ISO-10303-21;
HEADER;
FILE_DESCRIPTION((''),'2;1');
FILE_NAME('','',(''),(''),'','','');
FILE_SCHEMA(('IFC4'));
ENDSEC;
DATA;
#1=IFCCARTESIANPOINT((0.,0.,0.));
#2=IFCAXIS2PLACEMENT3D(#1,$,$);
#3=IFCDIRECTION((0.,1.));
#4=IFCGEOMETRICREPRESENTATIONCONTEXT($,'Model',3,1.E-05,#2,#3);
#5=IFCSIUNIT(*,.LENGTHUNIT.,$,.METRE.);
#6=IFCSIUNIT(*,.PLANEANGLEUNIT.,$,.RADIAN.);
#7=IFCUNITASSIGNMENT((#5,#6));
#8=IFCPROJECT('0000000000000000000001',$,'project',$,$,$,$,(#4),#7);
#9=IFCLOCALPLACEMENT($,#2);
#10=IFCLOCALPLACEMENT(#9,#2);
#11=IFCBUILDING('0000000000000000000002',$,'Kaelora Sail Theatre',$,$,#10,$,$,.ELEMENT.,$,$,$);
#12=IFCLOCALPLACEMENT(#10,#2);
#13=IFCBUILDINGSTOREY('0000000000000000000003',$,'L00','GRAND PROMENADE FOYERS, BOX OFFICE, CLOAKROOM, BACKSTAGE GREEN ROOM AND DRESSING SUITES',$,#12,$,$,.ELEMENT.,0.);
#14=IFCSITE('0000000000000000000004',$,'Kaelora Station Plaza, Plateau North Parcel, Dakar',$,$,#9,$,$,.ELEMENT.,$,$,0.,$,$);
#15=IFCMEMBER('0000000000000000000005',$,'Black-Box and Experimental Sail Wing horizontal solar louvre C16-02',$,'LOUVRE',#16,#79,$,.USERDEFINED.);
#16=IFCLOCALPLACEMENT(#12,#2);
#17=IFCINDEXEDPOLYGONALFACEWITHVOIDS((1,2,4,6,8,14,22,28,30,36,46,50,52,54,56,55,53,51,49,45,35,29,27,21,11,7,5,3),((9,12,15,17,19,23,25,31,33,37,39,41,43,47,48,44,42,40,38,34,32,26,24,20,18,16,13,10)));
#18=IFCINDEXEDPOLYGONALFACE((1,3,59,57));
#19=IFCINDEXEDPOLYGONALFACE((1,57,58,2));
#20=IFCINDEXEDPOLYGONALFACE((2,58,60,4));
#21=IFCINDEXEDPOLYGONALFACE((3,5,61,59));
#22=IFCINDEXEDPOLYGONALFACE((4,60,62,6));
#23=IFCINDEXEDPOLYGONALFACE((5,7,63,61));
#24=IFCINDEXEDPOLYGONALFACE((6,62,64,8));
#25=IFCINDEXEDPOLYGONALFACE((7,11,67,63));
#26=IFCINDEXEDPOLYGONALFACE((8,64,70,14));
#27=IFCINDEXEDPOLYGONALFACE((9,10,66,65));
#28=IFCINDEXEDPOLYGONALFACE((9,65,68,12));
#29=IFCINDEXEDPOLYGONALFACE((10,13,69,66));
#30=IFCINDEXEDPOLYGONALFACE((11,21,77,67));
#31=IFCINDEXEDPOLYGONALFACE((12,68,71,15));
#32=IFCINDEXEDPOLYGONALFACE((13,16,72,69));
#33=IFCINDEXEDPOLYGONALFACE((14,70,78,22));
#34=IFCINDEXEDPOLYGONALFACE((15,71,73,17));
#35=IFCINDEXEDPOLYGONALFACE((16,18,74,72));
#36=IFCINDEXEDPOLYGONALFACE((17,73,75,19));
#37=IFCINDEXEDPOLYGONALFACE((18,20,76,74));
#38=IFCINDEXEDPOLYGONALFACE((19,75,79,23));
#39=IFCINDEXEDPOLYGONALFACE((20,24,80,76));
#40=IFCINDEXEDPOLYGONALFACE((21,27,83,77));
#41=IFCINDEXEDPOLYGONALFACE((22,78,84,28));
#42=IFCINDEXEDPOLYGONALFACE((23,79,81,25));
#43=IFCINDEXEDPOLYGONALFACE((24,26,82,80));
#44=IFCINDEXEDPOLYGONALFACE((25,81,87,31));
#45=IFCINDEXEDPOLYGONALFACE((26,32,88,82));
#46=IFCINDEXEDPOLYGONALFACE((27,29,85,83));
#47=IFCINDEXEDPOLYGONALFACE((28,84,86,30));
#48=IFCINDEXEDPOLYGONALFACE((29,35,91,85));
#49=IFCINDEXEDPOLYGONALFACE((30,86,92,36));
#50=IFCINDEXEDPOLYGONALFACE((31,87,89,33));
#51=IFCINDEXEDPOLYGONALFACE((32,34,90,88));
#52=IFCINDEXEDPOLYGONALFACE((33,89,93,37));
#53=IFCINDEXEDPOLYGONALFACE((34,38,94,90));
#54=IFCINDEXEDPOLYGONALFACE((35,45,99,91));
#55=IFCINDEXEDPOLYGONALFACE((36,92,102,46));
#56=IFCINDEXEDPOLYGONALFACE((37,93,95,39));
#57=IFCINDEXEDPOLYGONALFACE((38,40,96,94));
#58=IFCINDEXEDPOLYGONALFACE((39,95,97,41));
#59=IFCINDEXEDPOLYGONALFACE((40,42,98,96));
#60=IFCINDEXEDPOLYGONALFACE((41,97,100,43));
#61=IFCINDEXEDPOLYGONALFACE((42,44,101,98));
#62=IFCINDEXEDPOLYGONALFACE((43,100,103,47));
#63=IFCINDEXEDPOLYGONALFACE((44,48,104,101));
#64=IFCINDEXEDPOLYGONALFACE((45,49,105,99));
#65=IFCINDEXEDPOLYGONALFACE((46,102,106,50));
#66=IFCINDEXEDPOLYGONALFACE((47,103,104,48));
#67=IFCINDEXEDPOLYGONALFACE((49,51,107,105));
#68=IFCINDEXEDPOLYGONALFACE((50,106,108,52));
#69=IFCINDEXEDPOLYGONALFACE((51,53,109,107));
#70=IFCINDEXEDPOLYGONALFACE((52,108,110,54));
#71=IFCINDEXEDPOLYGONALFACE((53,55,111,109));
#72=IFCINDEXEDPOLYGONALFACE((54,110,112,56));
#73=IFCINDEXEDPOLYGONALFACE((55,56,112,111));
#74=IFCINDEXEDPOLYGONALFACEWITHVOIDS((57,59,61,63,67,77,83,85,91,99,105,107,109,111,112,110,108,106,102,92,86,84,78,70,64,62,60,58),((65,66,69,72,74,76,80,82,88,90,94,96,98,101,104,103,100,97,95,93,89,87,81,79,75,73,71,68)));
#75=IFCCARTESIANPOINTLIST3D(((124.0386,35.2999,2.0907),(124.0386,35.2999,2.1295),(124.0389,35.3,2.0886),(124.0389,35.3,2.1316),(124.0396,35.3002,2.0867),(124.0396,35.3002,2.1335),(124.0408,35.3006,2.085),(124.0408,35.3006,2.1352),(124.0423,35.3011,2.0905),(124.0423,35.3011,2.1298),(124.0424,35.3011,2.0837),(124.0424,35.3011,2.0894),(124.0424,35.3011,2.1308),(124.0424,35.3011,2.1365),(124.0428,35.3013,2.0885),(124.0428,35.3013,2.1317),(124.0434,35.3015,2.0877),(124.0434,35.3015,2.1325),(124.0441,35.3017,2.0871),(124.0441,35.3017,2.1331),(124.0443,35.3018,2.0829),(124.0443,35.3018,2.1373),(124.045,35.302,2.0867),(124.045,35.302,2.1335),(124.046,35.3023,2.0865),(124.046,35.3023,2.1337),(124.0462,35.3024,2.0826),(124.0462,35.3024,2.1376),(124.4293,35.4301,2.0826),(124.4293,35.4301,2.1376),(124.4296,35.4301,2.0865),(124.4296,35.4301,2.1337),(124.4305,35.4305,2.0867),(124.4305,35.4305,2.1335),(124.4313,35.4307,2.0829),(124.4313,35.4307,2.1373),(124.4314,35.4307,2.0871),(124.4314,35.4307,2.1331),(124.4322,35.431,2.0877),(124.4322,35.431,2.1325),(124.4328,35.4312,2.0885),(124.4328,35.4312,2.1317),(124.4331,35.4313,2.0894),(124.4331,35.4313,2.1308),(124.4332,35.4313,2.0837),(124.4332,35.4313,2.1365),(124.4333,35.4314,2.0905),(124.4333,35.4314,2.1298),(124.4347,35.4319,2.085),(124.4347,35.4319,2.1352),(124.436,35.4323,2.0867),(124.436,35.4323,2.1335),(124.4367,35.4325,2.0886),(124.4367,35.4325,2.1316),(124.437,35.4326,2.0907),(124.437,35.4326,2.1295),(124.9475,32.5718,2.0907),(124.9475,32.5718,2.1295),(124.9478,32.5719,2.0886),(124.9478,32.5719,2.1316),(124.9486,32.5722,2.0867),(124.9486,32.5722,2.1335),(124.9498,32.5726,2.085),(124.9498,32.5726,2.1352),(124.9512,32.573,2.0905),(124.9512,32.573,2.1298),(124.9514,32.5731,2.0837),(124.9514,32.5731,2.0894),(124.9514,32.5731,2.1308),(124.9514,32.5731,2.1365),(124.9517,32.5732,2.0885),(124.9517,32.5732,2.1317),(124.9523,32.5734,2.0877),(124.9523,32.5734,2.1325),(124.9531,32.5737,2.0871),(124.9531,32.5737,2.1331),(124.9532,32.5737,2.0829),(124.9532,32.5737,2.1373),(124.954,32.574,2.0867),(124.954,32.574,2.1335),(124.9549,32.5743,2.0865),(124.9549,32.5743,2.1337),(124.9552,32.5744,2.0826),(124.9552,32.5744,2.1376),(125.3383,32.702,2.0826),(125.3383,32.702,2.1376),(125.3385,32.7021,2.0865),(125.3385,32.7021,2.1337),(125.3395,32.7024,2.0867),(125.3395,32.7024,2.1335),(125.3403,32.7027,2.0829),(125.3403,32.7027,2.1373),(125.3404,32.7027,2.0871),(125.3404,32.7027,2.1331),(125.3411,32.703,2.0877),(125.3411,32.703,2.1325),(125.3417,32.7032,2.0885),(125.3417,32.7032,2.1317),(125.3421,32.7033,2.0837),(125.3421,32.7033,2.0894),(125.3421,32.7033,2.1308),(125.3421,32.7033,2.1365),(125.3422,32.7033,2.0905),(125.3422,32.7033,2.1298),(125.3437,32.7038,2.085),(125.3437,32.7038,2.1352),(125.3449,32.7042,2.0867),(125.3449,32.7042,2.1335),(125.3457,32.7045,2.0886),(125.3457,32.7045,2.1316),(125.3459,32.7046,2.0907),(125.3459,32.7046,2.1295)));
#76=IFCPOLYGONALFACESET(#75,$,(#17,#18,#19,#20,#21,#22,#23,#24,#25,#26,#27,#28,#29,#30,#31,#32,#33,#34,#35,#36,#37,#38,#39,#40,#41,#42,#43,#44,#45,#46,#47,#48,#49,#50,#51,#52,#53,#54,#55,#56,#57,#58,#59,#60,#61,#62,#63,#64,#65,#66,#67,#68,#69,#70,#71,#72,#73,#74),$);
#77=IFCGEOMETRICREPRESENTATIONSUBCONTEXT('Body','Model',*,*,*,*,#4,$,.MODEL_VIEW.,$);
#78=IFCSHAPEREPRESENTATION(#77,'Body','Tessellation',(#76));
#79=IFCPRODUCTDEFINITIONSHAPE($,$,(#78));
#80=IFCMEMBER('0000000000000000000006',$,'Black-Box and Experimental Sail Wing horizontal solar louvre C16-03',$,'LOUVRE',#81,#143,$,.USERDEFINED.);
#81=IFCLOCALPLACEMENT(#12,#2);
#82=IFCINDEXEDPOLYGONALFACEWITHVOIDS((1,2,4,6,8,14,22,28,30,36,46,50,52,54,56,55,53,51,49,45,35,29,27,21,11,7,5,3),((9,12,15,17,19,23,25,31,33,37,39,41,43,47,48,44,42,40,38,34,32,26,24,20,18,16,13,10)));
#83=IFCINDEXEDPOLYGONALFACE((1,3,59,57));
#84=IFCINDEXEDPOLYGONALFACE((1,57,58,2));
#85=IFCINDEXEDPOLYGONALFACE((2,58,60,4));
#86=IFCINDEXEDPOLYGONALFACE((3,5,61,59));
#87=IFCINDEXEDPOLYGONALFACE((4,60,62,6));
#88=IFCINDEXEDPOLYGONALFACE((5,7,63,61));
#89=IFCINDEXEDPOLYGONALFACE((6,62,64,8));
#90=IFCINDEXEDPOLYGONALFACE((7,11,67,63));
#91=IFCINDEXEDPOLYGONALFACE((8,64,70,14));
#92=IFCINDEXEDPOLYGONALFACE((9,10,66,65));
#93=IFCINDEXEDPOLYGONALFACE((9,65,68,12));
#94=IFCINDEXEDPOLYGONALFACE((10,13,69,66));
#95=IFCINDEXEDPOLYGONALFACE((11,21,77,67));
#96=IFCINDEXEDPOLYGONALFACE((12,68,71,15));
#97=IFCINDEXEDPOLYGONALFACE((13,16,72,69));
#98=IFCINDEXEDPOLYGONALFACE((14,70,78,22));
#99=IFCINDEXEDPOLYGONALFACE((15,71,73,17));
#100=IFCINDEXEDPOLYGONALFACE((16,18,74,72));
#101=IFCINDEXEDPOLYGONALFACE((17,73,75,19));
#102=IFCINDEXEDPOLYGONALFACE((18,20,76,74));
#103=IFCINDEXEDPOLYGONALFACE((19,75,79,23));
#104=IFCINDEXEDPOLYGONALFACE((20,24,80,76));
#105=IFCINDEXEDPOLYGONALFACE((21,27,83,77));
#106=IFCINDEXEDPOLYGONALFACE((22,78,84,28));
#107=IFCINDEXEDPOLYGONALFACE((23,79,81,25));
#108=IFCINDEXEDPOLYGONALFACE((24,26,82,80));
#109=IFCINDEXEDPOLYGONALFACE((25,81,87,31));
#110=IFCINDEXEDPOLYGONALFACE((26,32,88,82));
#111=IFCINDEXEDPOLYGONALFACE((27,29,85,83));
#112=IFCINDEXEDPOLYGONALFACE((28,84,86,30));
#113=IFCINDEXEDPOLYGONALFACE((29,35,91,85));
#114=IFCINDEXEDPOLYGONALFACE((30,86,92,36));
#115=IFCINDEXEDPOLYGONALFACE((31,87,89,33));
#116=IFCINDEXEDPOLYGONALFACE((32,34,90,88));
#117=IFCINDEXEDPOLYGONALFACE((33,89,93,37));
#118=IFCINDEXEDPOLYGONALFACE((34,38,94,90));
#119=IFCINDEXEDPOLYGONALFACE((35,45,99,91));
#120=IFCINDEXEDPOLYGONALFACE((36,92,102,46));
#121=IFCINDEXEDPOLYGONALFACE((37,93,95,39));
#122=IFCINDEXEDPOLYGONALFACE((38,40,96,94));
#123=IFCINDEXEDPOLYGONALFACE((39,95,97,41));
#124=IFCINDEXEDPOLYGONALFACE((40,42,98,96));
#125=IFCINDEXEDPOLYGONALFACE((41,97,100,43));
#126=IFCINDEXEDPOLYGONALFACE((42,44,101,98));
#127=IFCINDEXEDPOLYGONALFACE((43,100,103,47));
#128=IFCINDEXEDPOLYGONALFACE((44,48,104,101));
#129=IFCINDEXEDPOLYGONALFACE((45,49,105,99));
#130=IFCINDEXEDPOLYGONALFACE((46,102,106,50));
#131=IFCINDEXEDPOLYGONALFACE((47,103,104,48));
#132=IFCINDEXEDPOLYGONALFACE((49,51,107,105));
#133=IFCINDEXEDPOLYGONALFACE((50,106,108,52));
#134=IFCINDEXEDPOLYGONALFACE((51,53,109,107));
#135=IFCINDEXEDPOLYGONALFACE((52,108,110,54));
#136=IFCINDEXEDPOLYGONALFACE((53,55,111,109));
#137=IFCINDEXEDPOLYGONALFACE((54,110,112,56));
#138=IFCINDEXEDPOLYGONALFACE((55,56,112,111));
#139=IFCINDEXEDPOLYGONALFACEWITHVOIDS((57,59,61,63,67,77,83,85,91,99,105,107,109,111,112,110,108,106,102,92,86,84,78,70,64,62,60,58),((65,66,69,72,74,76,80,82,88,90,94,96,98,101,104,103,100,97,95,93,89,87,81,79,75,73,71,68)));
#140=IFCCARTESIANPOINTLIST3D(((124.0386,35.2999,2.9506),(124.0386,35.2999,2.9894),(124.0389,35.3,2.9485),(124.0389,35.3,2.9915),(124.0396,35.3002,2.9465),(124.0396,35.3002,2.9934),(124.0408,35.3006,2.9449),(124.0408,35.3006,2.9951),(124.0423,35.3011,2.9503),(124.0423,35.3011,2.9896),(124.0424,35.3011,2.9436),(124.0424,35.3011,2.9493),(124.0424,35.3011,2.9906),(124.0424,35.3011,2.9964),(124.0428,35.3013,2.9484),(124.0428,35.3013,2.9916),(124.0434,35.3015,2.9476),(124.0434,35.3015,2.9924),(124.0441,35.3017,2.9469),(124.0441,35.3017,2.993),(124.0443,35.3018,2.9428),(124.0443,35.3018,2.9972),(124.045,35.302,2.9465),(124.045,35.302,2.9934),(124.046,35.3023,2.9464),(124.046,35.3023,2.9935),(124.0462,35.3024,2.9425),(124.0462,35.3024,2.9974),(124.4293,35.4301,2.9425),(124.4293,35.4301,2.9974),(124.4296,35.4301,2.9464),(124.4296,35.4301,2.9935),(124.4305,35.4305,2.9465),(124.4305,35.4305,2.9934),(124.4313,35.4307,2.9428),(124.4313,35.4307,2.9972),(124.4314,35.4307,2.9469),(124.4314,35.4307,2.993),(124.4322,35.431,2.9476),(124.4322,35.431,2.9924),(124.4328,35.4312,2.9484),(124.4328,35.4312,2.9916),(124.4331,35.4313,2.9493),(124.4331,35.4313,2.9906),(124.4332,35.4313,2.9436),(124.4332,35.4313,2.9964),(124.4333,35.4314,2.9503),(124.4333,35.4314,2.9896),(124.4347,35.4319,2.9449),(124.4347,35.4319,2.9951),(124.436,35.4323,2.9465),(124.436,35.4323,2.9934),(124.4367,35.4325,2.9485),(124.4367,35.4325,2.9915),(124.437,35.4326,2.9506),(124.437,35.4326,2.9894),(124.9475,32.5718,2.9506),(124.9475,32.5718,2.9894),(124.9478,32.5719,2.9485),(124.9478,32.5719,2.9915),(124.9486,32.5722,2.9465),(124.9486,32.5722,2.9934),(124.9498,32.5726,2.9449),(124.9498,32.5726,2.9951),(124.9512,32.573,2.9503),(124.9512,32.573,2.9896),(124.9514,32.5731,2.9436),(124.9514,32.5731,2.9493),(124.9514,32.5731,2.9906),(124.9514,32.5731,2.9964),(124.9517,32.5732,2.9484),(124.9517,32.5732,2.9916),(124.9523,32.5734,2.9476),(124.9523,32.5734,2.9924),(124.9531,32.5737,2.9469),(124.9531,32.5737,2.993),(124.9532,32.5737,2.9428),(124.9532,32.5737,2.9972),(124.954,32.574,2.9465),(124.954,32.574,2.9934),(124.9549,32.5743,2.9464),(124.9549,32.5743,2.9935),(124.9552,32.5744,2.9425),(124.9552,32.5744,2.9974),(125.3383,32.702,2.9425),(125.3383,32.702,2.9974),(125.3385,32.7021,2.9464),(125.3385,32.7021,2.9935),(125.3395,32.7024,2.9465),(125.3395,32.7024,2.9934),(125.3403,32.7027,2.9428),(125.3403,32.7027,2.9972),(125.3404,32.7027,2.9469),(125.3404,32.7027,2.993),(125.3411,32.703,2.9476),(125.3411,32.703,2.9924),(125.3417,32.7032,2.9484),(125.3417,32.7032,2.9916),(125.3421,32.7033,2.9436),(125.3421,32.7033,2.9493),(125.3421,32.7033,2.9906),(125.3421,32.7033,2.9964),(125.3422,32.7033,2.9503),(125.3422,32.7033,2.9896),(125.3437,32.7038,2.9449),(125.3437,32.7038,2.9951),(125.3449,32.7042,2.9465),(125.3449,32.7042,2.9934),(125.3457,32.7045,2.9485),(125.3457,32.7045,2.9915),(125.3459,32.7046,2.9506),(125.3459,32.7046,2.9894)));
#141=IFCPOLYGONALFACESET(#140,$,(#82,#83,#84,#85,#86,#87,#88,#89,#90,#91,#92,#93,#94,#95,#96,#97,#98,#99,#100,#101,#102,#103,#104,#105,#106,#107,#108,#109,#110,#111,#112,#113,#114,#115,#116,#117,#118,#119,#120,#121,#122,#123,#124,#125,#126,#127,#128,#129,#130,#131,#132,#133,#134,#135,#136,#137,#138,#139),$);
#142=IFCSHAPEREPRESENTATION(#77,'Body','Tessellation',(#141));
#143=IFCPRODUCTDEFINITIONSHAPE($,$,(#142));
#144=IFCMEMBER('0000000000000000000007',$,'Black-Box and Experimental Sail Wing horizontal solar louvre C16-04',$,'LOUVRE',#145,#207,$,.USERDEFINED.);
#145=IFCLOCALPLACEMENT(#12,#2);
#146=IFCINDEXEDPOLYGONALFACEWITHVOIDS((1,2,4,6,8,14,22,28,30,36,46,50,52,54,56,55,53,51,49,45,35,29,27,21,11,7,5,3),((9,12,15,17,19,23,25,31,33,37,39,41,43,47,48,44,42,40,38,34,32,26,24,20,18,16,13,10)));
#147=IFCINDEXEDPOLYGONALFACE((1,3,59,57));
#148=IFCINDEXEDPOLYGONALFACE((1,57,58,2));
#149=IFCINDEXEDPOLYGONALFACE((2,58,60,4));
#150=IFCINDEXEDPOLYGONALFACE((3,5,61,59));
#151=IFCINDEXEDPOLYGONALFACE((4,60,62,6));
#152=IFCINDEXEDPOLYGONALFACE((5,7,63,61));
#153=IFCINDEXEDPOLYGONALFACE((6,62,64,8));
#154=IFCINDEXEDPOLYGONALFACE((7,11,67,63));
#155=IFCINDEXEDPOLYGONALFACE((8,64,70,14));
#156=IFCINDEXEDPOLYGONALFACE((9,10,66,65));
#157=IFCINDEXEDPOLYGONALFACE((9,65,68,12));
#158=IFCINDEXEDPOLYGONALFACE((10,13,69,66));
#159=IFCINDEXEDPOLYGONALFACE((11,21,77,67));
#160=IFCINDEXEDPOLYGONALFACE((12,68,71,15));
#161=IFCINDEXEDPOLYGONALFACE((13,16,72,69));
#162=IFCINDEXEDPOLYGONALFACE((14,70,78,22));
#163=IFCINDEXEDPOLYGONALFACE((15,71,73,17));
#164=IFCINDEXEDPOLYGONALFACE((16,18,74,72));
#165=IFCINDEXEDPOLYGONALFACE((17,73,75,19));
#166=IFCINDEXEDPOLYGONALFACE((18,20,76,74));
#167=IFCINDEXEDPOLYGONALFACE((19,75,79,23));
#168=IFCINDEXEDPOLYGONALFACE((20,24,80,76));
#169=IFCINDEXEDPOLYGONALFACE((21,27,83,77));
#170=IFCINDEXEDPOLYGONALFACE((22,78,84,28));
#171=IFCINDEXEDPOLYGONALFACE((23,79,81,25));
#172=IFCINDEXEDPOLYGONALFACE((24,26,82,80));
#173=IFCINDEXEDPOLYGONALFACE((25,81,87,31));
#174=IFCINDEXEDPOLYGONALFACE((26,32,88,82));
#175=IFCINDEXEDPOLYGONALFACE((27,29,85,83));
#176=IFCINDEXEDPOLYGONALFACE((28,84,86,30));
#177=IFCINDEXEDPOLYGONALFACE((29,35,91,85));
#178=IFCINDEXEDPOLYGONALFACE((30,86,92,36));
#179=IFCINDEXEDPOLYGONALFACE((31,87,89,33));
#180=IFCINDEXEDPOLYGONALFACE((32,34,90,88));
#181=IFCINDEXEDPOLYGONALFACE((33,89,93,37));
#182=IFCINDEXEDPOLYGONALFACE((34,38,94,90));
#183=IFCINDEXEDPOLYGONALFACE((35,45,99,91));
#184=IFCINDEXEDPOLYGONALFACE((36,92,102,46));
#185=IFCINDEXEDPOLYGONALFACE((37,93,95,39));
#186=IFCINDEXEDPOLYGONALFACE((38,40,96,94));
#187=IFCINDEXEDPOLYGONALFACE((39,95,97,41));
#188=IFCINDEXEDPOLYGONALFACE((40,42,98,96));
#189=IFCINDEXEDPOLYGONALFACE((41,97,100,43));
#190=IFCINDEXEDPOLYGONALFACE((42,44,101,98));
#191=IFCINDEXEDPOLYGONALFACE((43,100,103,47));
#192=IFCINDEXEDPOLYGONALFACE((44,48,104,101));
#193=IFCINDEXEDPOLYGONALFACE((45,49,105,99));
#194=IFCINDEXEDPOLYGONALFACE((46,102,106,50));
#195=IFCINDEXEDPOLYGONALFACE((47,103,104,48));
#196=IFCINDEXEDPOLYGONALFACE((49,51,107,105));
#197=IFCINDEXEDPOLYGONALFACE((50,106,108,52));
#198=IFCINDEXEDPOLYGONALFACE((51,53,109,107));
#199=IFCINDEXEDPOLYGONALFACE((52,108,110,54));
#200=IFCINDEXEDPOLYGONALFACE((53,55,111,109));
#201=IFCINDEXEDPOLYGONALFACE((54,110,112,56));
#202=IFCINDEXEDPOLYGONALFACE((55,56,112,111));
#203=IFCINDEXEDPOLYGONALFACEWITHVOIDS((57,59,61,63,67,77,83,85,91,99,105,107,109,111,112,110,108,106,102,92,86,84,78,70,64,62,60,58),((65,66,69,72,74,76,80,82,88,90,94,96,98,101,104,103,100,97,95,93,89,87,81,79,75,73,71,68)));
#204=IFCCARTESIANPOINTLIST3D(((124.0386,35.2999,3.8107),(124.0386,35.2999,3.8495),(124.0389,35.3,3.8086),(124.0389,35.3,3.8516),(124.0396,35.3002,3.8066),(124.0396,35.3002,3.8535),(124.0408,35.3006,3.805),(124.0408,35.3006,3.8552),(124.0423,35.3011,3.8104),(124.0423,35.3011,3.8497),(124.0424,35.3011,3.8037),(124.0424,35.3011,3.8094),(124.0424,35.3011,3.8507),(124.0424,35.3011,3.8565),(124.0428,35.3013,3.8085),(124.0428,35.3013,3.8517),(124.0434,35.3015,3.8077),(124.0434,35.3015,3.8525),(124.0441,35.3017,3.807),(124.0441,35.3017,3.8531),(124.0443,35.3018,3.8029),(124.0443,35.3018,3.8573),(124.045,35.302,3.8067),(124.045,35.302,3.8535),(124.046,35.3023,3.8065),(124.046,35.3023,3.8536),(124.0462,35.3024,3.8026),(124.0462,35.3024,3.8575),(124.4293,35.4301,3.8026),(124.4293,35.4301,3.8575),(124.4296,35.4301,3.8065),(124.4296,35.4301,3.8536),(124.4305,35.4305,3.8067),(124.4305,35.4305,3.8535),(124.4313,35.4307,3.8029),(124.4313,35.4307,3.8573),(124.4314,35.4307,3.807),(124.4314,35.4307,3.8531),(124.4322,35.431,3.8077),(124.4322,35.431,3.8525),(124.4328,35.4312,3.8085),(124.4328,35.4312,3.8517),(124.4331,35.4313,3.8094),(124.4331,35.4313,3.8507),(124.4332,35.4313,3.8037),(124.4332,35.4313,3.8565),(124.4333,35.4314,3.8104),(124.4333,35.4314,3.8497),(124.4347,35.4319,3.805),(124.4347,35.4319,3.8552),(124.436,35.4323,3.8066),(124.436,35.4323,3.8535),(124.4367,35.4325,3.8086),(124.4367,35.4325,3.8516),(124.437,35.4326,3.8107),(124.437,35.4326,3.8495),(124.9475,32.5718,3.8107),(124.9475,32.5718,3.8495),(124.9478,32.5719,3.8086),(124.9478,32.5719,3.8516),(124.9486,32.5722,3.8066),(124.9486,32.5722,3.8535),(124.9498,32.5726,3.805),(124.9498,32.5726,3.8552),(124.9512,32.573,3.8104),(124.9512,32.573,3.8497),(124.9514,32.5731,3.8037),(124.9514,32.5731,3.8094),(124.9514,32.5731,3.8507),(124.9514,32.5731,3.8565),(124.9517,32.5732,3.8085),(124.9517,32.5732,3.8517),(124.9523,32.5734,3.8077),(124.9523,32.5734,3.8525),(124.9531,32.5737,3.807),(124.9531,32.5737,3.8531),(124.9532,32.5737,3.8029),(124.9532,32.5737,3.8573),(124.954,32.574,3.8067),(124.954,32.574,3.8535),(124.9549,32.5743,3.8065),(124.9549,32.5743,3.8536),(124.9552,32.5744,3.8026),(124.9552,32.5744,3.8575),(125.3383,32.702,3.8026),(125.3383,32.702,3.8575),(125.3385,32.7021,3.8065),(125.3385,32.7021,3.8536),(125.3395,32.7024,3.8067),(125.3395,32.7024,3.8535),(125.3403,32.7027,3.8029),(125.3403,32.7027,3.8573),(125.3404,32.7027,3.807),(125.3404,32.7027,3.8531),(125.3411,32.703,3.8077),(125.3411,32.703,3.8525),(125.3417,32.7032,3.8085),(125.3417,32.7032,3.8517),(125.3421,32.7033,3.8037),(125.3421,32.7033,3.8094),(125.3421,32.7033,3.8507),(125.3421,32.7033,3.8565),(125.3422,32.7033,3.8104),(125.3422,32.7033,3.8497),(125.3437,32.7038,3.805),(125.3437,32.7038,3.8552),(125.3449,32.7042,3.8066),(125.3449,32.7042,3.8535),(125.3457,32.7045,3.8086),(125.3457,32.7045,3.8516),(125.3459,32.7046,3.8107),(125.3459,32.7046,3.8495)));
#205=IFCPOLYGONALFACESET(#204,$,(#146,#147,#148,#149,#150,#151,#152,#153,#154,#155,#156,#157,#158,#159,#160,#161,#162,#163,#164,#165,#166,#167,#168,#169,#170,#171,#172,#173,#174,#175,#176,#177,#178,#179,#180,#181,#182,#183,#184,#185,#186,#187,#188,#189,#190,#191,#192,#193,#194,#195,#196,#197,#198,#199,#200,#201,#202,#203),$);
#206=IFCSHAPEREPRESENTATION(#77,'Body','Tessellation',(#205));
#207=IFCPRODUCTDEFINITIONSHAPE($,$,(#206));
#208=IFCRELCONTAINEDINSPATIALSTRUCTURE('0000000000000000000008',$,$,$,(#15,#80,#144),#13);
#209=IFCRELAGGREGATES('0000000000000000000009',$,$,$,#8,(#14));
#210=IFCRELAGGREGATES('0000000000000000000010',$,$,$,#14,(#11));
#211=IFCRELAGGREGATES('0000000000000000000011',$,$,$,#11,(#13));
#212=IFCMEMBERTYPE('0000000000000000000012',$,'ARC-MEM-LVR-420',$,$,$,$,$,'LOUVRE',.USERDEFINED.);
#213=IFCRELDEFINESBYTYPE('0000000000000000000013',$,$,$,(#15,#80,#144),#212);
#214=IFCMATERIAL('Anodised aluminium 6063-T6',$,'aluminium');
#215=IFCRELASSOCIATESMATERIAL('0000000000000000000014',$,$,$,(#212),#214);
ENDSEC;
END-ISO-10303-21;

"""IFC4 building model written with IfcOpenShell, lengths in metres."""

from ifc_helpers import new_model, si_unit, direction, frame, origin, origin_2d, place, context, subcontext, project, spatial, hollow_rectangle, extrude, material, material_profile, profile_set, type_object, element, save


model = new_model("IFC4")

# Units and contexts
model_context = context("Model", 3, precision=1e-05, world=origin(), true_north=direction((0.0, 1.0)))
body_context = subcontext(model_context, "Body", "Model", "MODEL_VIEW")
ifc_project = project(units=[si_unit("LENGTHUNIT", "METRE"), si_unit("PLANEANGLEUNIT", "RADIAN")], contexts=[model_context])

# Site, building, storey
site_placement = place(None, origin())
site = spatial("IfcSite", under=ifc_project, at=site_placement, Name="Kaelora Station Plaza, Plateau North Parcel, Dakar", CompositionType="ELEMENT", RefElevation=0.0)
building_placement = place(site_placement, origin())
building = spatial("IfcBuilding", under=site, at=building_placement, Name="Kaelora Sail Theatre", CompositionType="ELEMENT")
storey_placement = place(building_placement, origin())
storey = spatial("IfcBuildingStorey", under=building, at=storey_placement, Name="L00", Description="GRAND PROMENADE FOYERS, BOX OFFICE, CLOAKROOM, BACKSTAGE GREEN ROOM AND DRESSING SUITES", CompositionType="ELEMENT", Elevation=0.0)

# Members
ifc_material_1 = material(Name="Anodised aluminium 6063-T6", Category="aluminium")
ifc_material_profile_1 = material_profile(ifc_material_1, hollow_rectangle(XDim=0.4199, YDim=0.0549, WallThickness=0.0039, InnerFilletRadius=0.0039, OuterFilletRadius=0.0081, at=origin_2d()), Name="LOUVRE 420x55x4")
ifc_profile_set_1 = profile_set([ifc_material_profile_1], Name="Anodised aluminium 6063-T6")
member_type_1 = type_object("IfcMemberType", Name="ARC-MEM-LVR-420", ElementType="LOUVRE", PredefinedType="USERDEFINED", material=ifc_profile_set_1)
for number, where, z_axis, x_axis, name in (
    (1, (125.1467, 32.6382, 2.1101), (-0.3161, 0.948726, 0.0), (-0.948726, -0.3161, 0.0), "Black-Box and Experimental Sail Wing horizontal solar louvre C16-02"),
    (2, (125.1467, 32.6382, 2.97), (-0.3161, 0.948726, 0.0), (-0.948726, -0.3161, 0.0), "Black-Box and Experimental Sail Wing horizontal solar louvre C16-03"),
    (3, (125.1467, 32.6382, 3.8301), (-0.3161, 0.948726, 0.0), (-0.948726, -0.3161, 0.0), "Black-Box and Experimental Sail Wing horizontal solar louvre C16-04"),
):
    element("IfcMember", number, at=place(storey_placement, frame(where, z_axis=z_axis, x_axis=x_axis)), inside=storey, type_object=member_type_1, Name=name, ObjectType="LOUVRE", PredefinedType="USERDEFINED", context=body_context, shape_type="SweptSolid", body=[
        extrude(hollow_rectangle(XDim=0.4199, YDim=0.0549, WallThickness=0.0039, InnerFilletRadius=0.0039, OuterFilletRadius=0.0081, at=origin_2d()), origin(), (0.0, 0.0, 1.0), 2.8755),
    ])

save(model, "model.ifc")
